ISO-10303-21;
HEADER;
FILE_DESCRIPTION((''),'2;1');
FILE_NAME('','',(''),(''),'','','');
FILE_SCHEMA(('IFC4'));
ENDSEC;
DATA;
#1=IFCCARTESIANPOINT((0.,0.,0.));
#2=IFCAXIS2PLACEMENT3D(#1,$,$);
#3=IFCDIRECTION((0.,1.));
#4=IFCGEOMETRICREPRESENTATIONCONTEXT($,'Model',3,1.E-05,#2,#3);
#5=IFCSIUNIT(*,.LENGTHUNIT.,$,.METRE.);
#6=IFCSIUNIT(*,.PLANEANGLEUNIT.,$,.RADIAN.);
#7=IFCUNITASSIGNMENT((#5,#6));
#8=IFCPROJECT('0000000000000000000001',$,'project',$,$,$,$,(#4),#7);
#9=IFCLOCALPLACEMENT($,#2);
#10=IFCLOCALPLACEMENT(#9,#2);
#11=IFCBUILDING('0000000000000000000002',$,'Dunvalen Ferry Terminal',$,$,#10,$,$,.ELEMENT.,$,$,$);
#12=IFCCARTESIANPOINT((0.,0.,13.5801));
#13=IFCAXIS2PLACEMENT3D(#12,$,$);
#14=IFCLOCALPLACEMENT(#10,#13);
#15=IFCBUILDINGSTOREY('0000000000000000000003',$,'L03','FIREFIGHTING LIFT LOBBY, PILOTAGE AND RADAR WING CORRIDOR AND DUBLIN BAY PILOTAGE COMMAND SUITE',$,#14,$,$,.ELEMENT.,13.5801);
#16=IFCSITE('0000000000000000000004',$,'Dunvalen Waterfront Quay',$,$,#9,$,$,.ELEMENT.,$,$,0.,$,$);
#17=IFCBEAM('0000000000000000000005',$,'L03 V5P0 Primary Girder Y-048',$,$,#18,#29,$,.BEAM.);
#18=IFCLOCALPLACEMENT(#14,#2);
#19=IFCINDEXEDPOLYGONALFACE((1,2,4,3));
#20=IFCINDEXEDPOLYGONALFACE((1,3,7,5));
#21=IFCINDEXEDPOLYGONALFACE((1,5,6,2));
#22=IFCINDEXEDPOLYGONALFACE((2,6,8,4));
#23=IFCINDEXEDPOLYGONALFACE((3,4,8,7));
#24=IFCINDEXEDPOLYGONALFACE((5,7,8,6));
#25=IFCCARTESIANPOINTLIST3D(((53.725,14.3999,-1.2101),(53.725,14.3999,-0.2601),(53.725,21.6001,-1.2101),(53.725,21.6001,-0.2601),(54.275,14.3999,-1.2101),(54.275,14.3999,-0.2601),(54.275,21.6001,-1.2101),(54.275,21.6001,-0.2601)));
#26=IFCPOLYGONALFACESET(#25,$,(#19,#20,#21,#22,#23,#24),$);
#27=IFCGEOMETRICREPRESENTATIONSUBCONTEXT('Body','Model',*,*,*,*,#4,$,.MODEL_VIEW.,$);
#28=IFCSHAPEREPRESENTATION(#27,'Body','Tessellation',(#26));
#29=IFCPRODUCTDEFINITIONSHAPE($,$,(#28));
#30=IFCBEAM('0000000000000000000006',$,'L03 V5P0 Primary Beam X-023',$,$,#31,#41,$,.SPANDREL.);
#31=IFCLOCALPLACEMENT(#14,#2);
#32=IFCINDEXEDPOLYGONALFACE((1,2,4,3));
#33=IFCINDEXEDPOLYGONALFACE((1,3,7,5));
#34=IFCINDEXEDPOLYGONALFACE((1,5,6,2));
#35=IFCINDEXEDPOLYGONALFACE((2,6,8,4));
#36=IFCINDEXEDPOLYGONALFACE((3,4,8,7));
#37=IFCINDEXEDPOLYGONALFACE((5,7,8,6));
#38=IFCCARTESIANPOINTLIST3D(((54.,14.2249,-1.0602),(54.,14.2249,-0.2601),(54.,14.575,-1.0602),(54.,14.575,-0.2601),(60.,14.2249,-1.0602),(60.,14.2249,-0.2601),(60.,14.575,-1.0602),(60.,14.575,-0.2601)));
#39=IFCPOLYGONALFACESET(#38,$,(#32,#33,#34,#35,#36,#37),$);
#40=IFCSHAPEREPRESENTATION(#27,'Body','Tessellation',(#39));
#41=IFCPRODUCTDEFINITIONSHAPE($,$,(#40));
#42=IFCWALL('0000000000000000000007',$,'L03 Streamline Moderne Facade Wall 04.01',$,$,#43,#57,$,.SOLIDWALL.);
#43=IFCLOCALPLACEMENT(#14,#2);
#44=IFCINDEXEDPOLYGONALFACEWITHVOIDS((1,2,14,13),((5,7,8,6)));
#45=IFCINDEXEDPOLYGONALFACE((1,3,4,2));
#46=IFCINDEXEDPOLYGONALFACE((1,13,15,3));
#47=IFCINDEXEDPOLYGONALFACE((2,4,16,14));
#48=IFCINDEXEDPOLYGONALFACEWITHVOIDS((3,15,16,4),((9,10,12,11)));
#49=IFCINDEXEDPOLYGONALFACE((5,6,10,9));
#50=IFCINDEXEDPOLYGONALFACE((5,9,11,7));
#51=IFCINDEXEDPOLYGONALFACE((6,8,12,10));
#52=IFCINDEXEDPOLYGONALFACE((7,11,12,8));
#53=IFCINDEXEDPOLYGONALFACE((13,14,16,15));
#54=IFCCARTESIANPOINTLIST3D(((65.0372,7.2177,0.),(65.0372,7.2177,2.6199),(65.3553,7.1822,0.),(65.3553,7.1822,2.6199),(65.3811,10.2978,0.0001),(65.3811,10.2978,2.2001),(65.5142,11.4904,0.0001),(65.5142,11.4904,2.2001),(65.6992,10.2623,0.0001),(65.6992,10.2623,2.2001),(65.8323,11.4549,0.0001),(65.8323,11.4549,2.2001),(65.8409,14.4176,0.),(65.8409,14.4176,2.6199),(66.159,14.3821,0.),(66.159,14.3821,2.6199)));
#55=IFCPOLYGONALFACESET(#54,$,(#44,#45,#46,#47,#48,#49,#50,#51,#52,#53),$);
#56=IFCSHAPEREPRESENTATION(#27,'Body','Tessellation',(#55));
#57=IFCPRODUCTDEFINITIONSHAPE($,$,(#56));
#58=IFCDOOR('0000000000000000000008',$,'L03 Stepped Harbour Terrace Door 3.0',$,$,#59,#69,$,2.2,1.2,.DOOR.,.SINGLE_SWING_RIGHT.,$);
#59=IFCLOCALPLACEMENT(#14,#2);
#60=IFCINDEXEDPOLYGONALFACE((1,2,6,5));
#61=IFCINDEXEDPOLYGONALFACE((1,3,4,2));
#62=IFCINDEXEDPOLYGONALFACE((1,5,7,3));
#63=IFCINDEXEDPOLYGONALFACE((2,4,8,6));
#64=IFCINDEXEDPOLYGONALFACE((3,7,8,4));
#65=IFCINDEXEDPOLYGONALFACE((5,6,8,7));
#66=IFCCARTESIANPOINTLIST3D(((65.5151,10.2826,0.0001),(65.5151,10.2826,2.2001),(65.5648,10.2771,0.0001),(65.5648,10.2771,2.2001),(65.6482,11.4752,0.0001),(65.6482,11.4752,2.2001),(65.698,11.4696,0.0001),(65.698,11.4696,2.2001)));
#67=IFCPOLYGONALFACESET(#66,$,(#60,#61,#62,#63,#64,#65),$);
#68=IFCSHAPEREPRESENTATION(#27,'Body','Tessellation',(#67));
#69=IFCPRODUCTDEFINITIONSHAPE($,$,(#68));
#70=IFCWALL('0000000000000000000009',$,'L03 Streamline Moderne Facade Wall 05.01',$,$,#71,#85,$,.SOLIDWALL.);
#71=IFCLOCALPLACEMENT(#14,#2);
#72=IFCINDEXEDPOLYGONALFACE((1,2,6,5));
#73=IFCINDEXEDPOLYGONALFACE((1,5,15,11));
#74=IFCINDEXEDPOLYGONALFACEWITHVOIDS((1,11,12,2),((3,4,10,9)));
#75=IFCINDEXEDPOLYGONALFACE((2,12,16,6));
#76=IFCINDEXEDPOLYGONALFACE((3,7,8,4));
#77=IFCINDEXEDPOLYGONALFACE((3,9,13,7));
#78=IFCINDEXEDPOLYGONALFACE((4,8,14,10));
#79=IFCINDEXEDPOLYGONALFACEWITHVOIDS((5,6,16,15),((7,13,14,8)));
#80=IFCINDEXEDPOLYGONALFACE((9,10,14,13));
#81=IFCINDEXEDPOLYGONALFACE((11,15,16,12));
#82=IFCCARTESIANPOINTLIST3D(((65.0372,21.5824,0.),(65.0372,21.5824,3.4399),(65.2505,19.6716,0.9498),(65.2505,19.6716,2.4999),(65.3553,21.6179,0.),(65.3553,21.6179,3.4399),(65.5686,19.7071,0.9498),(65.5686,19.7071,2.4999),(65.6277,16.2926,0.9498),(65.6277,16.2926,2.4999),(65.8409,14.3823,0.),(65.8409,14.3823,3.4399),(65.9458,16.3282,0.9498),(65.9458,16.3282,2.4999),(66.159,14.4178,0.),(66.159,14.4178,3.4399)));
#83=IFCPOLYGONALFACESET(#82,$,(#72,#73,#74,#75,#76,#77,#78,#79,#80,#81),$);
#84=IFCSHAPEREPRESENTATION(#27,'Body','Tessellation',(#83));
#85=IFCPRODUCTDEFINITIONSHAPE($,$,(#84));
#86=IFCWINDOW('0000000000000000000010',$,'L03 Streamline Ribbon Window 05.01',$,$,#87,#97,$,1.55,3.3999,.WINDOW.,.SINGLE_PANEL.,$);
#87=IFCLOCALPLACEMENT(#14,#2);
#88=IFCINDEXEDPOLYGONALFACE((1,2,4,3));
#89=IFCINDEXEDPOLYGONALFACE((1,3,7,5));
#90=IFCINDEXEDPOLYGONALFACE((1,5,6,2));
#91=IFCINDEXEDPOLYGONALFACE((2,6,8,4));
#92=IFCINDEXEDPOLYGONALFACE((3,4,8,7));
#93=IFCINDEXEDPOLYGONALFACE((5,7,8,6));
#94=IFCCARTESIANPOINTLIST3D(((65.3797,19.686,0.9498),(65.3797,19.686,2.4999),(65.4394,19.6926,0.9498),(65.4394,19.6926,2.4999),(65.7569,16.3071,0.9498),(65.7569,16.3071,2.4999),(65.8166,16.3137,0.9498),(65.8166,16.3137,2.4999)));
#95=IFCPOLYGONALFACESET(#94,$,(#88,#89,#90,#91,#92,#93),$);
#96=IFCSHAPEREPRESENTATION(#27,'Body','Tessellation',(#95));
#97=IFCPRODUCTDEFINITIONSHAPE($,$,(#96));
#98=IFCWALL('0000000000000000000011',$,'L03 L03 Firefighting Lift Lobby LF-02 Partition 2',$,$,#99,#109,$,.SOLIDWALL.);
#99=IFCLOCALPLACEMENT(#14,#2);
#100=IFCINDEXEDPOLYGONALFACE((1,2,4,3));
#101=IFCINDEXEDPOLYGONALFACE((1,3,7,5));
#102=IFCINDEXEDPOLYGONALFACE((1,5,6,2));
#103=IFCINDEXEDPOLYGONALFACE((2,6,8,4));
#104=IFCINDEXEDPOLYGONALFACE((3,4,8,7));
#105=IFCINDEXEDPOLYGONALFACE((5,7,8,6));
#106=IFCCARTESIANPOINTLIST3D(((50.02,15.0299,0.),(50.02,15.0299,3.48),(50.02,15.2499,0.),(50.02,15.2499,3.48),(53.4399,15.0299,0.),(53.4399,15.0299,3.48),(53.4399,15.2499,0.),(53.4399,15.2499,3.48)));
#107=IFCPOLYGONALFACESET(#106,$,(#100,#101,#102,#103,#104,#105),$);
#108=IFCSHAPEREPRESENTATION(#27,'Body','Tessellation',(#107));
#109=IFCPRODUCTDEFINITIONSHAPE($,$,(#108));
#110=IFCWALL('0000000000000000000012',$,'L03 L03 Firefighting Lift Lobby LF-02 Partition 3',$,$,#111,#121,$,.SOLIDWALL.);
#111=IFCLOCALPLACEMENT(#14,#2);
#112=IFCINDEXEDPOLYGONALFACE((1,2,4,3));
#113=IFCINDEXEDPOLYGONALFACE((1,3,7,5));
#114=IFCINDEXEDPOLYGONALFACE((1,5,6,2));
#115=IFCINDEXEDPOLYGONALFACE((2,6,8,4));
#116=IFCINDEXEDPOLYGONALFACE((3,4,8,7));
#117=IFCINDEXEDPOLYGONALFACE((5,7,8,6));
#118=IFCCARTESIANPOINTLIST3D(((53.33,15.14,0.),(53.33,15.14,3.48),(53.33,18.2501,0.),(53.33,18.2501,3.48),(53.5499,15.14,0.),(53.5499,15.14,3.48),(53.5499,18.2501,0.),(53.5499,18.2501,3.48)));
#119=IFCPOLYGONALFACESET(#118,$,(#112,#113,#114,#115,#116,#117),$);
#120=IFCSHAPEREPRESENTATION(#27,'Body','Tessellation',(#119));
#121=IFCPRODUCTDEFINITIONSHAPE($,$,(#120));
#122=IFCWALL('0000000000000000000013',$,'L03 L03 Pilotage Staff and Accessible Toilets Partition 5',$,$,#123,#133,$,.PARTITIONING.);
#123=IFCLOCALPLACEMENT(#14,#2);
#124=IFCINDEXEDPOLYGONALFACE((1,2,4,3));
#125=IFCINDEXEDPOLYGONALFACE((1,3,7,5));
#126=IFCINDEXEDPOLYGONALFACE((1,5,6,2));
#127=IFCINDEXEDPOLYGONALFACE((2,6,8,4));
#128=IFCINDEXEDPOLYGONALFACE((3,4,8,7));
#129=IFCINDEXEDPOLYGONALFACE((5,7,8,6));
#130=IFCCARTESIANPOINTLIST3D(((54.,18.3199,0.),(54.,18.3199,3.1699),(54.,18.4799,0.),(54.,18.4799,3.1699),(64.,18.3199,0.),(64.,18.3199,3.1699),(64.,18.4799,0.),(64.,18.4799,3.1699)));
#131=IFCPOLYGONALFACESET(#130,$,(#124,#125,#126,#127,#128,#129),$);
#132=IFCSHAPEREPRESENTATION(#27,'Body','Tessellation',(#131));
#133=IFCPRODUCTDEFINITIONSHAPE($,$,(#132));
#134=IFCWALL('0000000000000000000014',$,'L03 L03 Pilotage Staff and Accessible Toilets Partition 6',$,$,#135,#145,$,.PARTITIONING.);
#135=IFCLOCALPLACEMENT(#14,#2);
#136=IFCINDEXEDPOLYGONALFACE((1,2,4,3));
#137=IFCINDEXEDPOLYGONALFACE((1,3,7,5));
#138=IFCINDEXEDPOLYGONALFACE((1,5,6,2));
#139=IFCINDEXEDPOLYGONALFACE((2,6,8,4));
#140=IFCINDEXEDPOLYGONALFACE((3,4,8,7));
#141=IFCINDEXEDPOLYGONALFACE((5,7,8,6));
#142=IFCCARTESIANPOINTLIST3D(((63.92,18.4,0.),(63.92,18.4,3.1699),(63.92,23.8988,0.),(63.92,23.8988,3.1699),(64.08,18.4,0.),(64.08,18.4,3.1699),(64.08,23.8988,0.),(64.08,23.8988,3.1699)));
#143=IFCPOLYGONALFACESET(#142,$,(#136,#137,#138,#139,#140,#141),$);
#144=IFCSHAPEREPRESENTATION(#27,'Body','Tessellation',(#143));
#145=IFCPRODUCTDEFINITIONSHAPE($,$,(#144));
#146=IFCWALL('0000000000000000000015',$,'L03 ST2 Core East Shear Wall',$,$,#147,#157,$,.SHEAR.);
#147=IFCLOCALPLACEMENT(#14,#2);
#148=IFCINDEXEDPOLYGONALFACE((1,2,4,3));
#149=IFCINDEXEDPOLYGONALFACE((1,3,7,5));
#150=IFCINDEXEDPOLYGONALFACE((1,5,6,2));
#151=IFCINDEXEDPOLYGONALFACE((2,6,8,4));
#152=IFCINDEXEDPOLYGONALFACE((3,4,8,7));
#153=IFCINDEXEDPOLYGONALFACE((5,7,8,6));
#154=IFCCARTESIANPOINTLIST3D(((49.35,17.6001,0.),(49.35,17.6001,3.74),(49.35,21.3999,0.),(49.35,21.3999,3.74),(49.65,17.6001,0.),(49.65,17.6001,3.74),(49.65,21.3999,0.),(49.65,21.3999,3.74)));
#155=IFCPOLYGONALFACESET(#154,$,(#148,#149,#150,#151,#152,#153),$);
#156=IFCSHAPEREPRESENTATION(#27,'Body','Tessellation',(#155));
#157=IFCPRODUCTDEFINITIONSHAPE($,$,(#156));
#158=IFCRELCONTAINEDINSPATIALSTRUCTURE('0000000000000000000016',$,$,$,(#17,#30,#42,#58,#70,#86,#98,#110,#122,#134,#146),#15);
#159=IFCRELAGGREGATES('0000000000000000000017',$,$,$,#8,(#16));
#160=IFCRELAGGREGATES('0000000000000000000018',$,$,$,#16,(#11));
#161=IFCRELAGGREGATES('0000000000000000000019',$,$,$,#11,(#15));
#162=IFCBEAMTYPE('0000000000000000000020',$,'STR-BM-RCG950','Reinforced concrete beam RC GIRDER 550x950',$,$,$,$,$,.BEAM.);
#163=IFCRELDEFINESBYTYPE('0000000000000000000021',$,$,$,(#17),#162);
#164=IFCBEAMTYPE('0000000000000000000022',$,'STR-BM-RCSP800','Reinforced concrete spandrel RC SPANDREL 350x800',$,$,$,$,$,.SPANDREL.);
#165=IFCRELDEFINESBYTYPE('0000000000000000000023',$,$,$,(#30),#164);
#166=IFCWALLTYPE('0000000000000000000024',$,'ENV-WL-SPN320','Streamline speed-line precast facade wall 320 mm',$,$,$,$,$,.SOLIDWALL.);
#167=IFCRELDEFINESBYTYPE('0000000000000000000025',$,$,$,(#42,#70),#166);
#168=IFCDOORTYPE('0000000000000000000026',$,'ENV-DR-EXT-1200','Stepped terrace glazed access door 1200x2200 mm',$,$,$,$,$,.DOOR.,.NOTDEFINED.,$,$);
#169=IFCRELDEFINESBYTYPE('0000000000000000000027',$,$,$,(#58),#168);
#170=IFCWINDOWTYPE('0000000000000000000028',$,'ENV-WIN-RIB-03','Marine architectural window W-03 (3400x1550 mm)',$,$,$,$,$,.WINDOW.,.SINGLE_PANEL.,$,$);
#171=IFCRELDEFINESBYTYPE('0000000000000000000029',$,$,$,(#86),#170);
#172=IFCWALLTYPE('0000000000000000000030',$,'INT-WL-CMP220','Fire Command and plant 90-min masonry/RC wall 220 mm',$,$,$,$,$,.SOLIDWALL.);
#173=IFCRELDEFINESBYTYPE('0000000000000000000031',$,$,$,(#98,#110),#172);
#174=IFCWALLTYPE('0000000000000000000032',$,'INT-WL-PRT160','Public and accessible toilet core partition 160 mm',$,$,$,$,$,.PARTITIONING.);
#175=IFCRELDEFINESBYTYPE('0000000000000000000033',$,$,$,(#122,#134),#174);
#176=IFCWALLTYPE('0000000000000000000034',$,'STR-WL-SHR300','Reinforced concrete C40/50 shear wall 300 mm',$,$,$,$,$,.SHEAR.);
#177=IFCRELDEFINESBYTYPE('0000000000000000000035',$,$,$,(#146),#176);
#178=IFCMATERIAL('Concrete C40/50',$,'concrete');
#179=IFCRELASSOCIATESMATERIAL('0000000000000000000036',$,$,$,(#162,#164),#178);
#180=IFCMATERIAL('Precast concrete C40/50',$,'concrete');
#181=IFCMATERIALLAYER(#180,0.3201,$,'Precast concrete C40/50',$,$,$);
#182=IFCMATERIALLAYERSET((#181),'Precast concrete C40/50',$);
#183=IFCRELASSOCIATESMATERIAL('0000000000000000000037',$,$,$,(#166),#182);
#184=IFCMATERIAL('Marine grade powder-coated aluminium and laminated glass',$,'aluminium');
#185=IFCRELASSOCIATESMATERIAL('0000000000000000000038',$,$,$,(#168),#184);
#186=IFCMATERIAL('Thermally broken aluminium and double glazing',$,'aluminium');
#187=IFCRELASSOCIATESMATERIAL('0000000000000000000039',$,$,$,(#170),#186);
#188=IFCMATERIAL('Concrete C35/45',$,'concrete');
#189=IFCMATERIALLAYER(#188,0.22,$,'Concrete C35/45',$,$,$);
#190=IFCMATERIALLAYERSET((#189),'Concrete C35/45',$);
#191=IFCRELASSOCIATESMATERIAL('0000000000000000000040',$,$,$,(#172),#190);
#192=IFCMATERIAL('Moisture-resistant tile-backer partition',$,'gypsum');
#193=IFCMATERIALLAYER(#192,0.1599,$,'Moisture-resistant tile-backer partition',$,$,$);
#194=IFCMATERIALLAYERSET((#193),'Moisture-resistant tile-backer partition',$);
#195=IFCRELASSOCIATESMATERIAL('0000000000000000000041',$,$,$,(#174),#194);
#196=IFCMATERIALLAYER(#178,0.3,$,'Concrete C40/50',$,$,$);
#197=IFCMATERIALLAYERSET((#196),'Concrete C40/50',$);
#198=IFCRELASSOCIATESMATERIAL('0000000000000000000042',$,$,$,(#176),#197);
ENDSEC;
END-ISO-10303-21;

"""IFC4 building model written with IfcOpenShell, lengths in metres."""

from ifc_helpers import new_model, si_unit, direction, frame, frame_2d, origin, origin_2d, place, context, subcontext, project, spatial, rectangle, extrude, material, layer, layer_set, material_profile, profile_set, type_object, element, fill, save


model = new_model("IFC4")

# Units and contexts
model_context = context("Model", 3, precision=1e-05, world=origin(), true_north=direction((0.0, 1.0)))
body_context = subcontext(model_context, "Body", "Model", "MODEL_VIEW")
ifc_project = project(units=[si_unit("LENGTHUNIT", "METRE"), si_unit("PLANEANGLEUNIT", "RADIAN")], contexts=[model_context])

# Site, building, storey
site_placement = place(None, origin())
site = spatial("IfcSite", under=ifc_project, at=site_placement, Name="Dunvalen Waterfront Quay", CompositionType="ELEMENT", RefElevation=0.0)
building_placement = place(site_placement, origin())
building = spatial("IfcBuilding", under=site, at=building_placement, Name="Dunvalen Ferry Terminal", CompositionType="ELEMENT")
storey_placement = place(building_placement, frame((0.0, 0.0, 13.5801)))
storey = spatial("IfcBuildingStorey", under=building, at=storey_placement, Name="L03", Description="FIREFIGHTING LIFT LOBBY, PILOTAGE AND RADAR WING CORRIDOR AND DUBLIN BAY PILOTAGE COMMAND SUITE", CompositionType="ELEMENT", Elevation=13.5801)

# Shared definitions
ifc_material_1 = material(Name="Concrete C35/45", Category="concrete")
ifc_material_2 = material(Name="Concrete C40/50", Category="concrete")

# Beams
ifc_material_profile_1 = material_profile(ifc_material_2, rectangle(XDim=0.55, YDim=0.95, at=origin_2d()), Name="Concrete C40/50")
ifc_profile_set_1 = profile_set([ifc_material_profile_1], Name="Concrete C40/50")
beam_type_1 = type_object("IfcBeamType", Name="STR-BM-RCG950", Description="Reinforced concrete beam RC GIRDER 550x950", PredefinedType="BEAM", material=ifc_profile_set_1)
beam_1_placement = place(storey_placement, frame((54.0, 14.3999, -0.7351), z_axis=(0.0, 1.0, 0.0), x_axis=(-1.0, 0.0, 0.0)))
element("IfcBeam", 1, at=beam_1_placement, inside=storey, type_object=beam_type_1, Name="L03 V5P0 Primary Girder Y-048", PredefinedType="BEAM", context=body_context, shape_type="SweptSolid", body=[
    extrude(rectangle(XDim=0.55, YDim=0.95, at=origin_2d()), origin(), (0.0, 0.0, 1.0), 7.2002),
])
ifc_material_profile_2 = material_profile(ifc_material_2, rectangle(XDim=0.3501, YDim=0.8, at=origin_2d()), Name="Concrete C40/50")
ifc_profile_set_2 = profile_set([ifc_material_profile_2], Name="Concrete C40/50")
beam_type_2 = type_object("IfcBeamType", Name="STR-BM-RCSP800", Description="Reinforced concrete spandrel RC SPANDREL 350x800", PredefinedType="SPANDREL", material=ifc_profile_set_2)
beam_2_placement = place(storey_placement, frame((54.0, 14.3999, -0.6602), z_axis=(1.0, 0.0, 0.0), x_axis=(0.0, 1.0, 0.0)))
element("IfcBeam", 2, at=beam_2_placement, inside=storey, type_object=beam_type_2, Name="L03 V5P0 Primary Beam X-023", PredefinedType="SPANDREL", context=body_context, shape_type="SweptSolid", body=[
    extrude(rectangle(XDim=0.3501, YDim=0.8, at=origin_2d()), origin(), (0.0, 0.0, 1.0), 6.0),
])

# Wall, opening, door
ifc_material_3 = material(Name="Precast concrete C40/50", Category="concrete")
ifc_layer_1 = layer(ifc_material_3, 0.3201, Name="Precast concrete C40/50")
ifc_layer_set_1 = layer_set([ifc_layer_1], Name="Precast concrete C40/50")
wall_type_1 = type_object("IfcWallType", Name="ENV-WL-SPN320", Description="Streamline speed-line precast facade wall 320 mm", PredefinedType="SOLIDWALL", material=ifc_layer_set_1)
wall_1_placement = place(storey_placement, frame((65.1963, 7.2, 0.0), z_axis=(0.0, 0.0, 1.0), x_axis=(0.110938, 0.993827, 0.0)))
wall_1 = element("IfcWall", 3, at=wall_1_placement, inside=storey, type_object=wall_type_1, Name="L03 Streamline Moderne Facade Wall 04.01", PredefinedType="SOLIDWALL", context=body_context, shape_type="SweptSolid", body=[
    extrude(rectangle(XDim=7.2446, YDim=0.3201, at=frame_2d((3.6223, 0.0))), origin(), (0.0, 0.0, 1.0), 2.6199),
])
opening_1_placement = place(wall_1_placement, frame((3.0991, 0.0, 0.0)))
opening_1 = element("IfcOpeningElement", 4, at=opening_1_placement, cuts=wall_1, PredefinedType="OPENING", context=body_context, shape_type="SweptSolid", body=[
    extrude(rectangle(XDim=1.2, YDim=2.2, at=frame_2d((0.6001, 1.1001))), frame((0.0, 0.1699, 0.0), z_axis=(0.0, -1.0, 0.0), x_axis=(1.0, 0.0, 0.0)), (0.0, 0.0, 1.0), 0.3401),
])
ifc_material_4 = material(Name="Marine grade powder-coated aluminium and laminated glass", Category="aluminium")
door_type_1 = type_object("IfcDoorType", Name="ENV-DR-EXT-1200", Description="Stepped terrace glazed access door 1200x2200 mm", OperationType="NOTDEFINED", PredefinedType="DOOR", material=ifc_material_4)
door_1_placement = place(opening_1_placement, frame((1.2, 0.0, 0.0), z_axis=(0.0, 0.0, 1.0), x_axis=(-1.0, 0.0, 0.0)))
door_1 = element("IfcDoor", 5, at=door_1_placement, inside=storey, type_object=door_type_1, Name="L03 Stepped Harbour Terrace Door 3.0", OperationType="SINGLE_SWING_RIGHT", OverallHeight=2.2, OverallWidth=1.2, PredefinedType="DOOR", context=body_context, shape_type="SweptSolid", body=[
    extrude(rectangle(XDim=1.2, YDim=2.2, at=frame_2d((0.6001, 1.1001))), frame((0.0, 0.0249, 0.0), z_axis=(0.0, -1.0, 0.0), x_axis=(1.0, 0.0, 0.0)), (0.0, 0.0, 1.0), 0.05),
])
fill(opening_1, door_1)

# Wall, opening, window
wall_2_placement = place(storey_placement, frame((66.0, 14.3999, 0.0), z_axis=(0.0, 0.0, 1.0), x_axis=(-0.110935, 0.993828, 0.0)))
wall_2 = element("IfcWall", 6, at=wall_2_placement, inside=storey, type_object=wall_type_1, Name="L03 Streamline Moderne Facade Wall 05.01", PredefinedType="SOLIDWALL", context=body_context, shape_type="SweptSolid", body=[
    extrude(rectangle(XDim=7.2449, YDim=0.3201, at=frame_2d((3.6226, 0.0))), origin(), (0.0, 0.0, 1.0), 3.4399),
])
opening_2_placement = place(wall_2_placement, frame((1.9224, 0.0, 0.95)))
opening_2 = element("IfcOpeningElement", 7, at=opening_2_placement, cuts=wall_2, PredefinedType="OPENING", context=body_context, shape_type="SweptSolid", body=[
    extrude(rectangle(XDim=3.3999, YDim=1.55, at=frame_2d((1.7, 0.7749))), frame((0.0, 0.1699, 0.0), z_axis=(0.0, -1.0, 0.0), x_axis=(1.0, 0.0, 0.0)), (0.0, 0.0, 1.0), 0.3401),
])
ifc_material_5 = material(Name="Thermally broken aluminium and double glazing", Category="aluminium")
window_type = type_object("IfcWindowType", Name="ENV-WIN-RIB-03", Description="Marine architectural window W-03 (3400x1550 mm)", PartitioningType="SINGLE_PANEL", PredefinedType="WINDOW", material=ifc_material_5)
window_placement = place(opening_2_placement, origin())
window = element("IfcWindow", 8, at=window_placement, inside=storey, type_object=window_type, Name="L03 Streamline Ribbon Window 05.01", OverallHeight=1.55, OverallWidth=3.3999, PartitioningType="SINGLE_PANEL", PredefinedType="WINDOW", context=body_context, shape_type="SweptSolid", body=[
    extrude(rectangle(XDim=3.3999, YDim=1.55, at=frame_2d((1.7, 0.7749))), frame((0.0, 0.03, 0.0), z_axis=(0.0, -1.0, 0.0), x_axis=(1.0, 0.0, 0.0)), (0.0, 0.0, 1.0), 0.0601),
])
fill(opening_2, window)

# Shared definitions
ifc_layer_2 = layer(ifc_material_1, 0.22, Name="Concrete C35/45")
ifc_layer_set_2 = layer_set([ifc_layer_2], Name="Concrete C35/45")
wall_type_2 = type_object("IfcWallType", Name="INT-WL-CMP220", Description="Fire Command and plant 90-min masonry/RC wall 220 mm", PredefinedType="SOLIDWALL", material=ifc_layer_set_2)

# Walls
wall_3_placement = place(storey_placement, frame((50.02, 15.1399, 0.0), z_axis=(0.0, 0.0, 1.0), x_axis=(1.0, 0.0, 0.0)))
element("IfcWall", 9, at=wall_3_placement, inside=storey, type_object=wall_type_2, Name="L03 L03 Firefighting Lift Lobby LF-02 Partition 2", PredefinedType="SOLIDWALL", context=body_context, shape_type="SweptSolid", body=[
    extrude(rectangle(XDim=3.4199, YDim=0.22, at=frame_2d((1.71, 0.0))), origin(), (0.0, 0.0, 1.0), 3.48),
])
wall_4_placement = place(storey_placement, frame((53.4399, 15.1399, 0.0), z_axis=(0.0, 0.0, 1.0), x_axis=(0.0, 1.0, 0.0)))
element("IfcWall", 10, at=wall_4_placement, inside=storey, type_object=wall_type_2, Name="L03 L03 Firefighting Lift Lobby LF-02 Partition 3", PredefinedType="SOLIDWALL", context=body_context, shape_type="SweptSolid", body=[
    extrude(rectangle(XDim=3.1101, YDim=0.22, at=frame_2d((1.5552, 0.0))), origin(), (0.0, 0.0, 1.0), 3.48),
])
ifc_material_6 = material(Name="Moisture-resistant tile-backer partition", Category="gypsum")
ifc_layer_3 = layer(ifc_material_6, 0.1599, Name="Moisture-resistant tile-backer partition")
ifc_layer_set_3 = layer_set([ifc_layer_3], Name="Moisture-resistant tile-backer partition")
wall_type_3 = type_object("IfcWallType", Name="INT-WL-PRT160", Description="Public and accessible toilet core partition 160 mm", PredefinedType="PARTITIONING", material=ifc_layer_set_3)
wall_5_placement = place(storey_placement, frame((54.0, 18.3999, 0.0), z_axis=(0.0, 0.0, 1.0), x_axis=(1.0, 0.0, 0.0)))
element("IfcWall", 11, at=wall_5_placement, inside=storey, type_object=wall_type_3, Name="L03 L03 Pilotage Staff and Accessible Toilets Partition 5", PredefinedType="PARTITIONING", context=body_context, shape_type="SweptSolid", body=[
    extrude(rectangle(XDim=10.0, YDim=0.1599, at=frame_2d((5.0, 0.0))), origin(), (0.0, 0.0, 1.0), 3.1699),
])
wall_6_placement = place(storey_placement, frame((64.0, 18.3999, 0.0), z_axis=(0.0, 0.0, 1.0), x_axis=(0.0, 1.0, 0.0)))
element("IfcWall", 12, at=wall_6_placement, inside=storey, type_object=wall_type_3, Name="L03 L03 Pilotage Staff and Accessible Toilets Partition 6", PredefinedType="PARTITIONING", context=body_context, shape_type="SweptSolid", body=[
    extrude(rectangle(XDim=5.4988, YDim=0.1599, at=frame_2d((2.7495, 0.0))), origin(), (0.0, 0.0, 1.0), 3.1699),
])
ifc_layer_4 = layer(ifc_material_2, 0.3, Name="Concrete C40/50")
ifc_layer_set_4 = layer_set([ifc_layer_4], Name="Concrete C40/50")
wall_type_4 = type_object("IfcWallType", Name="STR-WL-SHR300", Description="Reinforced concrete C40/50 shear wall 300 mm", PredefinedType="SHEAR", material=ifc_layer_set_4)
wall_7_placement = place(storey_placement, frame((49.5, 17.6001, 0.0), z_axis=(0.0, 0.0, 1.0), x_axis=(0.0, 1.0, 0.0)))
element("IfcWall", 13, at=wall_7_placement, inside=storey, type_object=wall_type_4, Name="L03 ST2 Core East Shear Wall", PredefinedType="SHEAR", context=body_context, shape_type="SweptSolid", body=[
    extrude(rectangle(XDim=3.7998, YDim=0.3, at=frame_2d((1.8999, 0.0))), origin(), (0.0, 0.0, 1.0), 3.74),
])

save(model, "model.ifc")
